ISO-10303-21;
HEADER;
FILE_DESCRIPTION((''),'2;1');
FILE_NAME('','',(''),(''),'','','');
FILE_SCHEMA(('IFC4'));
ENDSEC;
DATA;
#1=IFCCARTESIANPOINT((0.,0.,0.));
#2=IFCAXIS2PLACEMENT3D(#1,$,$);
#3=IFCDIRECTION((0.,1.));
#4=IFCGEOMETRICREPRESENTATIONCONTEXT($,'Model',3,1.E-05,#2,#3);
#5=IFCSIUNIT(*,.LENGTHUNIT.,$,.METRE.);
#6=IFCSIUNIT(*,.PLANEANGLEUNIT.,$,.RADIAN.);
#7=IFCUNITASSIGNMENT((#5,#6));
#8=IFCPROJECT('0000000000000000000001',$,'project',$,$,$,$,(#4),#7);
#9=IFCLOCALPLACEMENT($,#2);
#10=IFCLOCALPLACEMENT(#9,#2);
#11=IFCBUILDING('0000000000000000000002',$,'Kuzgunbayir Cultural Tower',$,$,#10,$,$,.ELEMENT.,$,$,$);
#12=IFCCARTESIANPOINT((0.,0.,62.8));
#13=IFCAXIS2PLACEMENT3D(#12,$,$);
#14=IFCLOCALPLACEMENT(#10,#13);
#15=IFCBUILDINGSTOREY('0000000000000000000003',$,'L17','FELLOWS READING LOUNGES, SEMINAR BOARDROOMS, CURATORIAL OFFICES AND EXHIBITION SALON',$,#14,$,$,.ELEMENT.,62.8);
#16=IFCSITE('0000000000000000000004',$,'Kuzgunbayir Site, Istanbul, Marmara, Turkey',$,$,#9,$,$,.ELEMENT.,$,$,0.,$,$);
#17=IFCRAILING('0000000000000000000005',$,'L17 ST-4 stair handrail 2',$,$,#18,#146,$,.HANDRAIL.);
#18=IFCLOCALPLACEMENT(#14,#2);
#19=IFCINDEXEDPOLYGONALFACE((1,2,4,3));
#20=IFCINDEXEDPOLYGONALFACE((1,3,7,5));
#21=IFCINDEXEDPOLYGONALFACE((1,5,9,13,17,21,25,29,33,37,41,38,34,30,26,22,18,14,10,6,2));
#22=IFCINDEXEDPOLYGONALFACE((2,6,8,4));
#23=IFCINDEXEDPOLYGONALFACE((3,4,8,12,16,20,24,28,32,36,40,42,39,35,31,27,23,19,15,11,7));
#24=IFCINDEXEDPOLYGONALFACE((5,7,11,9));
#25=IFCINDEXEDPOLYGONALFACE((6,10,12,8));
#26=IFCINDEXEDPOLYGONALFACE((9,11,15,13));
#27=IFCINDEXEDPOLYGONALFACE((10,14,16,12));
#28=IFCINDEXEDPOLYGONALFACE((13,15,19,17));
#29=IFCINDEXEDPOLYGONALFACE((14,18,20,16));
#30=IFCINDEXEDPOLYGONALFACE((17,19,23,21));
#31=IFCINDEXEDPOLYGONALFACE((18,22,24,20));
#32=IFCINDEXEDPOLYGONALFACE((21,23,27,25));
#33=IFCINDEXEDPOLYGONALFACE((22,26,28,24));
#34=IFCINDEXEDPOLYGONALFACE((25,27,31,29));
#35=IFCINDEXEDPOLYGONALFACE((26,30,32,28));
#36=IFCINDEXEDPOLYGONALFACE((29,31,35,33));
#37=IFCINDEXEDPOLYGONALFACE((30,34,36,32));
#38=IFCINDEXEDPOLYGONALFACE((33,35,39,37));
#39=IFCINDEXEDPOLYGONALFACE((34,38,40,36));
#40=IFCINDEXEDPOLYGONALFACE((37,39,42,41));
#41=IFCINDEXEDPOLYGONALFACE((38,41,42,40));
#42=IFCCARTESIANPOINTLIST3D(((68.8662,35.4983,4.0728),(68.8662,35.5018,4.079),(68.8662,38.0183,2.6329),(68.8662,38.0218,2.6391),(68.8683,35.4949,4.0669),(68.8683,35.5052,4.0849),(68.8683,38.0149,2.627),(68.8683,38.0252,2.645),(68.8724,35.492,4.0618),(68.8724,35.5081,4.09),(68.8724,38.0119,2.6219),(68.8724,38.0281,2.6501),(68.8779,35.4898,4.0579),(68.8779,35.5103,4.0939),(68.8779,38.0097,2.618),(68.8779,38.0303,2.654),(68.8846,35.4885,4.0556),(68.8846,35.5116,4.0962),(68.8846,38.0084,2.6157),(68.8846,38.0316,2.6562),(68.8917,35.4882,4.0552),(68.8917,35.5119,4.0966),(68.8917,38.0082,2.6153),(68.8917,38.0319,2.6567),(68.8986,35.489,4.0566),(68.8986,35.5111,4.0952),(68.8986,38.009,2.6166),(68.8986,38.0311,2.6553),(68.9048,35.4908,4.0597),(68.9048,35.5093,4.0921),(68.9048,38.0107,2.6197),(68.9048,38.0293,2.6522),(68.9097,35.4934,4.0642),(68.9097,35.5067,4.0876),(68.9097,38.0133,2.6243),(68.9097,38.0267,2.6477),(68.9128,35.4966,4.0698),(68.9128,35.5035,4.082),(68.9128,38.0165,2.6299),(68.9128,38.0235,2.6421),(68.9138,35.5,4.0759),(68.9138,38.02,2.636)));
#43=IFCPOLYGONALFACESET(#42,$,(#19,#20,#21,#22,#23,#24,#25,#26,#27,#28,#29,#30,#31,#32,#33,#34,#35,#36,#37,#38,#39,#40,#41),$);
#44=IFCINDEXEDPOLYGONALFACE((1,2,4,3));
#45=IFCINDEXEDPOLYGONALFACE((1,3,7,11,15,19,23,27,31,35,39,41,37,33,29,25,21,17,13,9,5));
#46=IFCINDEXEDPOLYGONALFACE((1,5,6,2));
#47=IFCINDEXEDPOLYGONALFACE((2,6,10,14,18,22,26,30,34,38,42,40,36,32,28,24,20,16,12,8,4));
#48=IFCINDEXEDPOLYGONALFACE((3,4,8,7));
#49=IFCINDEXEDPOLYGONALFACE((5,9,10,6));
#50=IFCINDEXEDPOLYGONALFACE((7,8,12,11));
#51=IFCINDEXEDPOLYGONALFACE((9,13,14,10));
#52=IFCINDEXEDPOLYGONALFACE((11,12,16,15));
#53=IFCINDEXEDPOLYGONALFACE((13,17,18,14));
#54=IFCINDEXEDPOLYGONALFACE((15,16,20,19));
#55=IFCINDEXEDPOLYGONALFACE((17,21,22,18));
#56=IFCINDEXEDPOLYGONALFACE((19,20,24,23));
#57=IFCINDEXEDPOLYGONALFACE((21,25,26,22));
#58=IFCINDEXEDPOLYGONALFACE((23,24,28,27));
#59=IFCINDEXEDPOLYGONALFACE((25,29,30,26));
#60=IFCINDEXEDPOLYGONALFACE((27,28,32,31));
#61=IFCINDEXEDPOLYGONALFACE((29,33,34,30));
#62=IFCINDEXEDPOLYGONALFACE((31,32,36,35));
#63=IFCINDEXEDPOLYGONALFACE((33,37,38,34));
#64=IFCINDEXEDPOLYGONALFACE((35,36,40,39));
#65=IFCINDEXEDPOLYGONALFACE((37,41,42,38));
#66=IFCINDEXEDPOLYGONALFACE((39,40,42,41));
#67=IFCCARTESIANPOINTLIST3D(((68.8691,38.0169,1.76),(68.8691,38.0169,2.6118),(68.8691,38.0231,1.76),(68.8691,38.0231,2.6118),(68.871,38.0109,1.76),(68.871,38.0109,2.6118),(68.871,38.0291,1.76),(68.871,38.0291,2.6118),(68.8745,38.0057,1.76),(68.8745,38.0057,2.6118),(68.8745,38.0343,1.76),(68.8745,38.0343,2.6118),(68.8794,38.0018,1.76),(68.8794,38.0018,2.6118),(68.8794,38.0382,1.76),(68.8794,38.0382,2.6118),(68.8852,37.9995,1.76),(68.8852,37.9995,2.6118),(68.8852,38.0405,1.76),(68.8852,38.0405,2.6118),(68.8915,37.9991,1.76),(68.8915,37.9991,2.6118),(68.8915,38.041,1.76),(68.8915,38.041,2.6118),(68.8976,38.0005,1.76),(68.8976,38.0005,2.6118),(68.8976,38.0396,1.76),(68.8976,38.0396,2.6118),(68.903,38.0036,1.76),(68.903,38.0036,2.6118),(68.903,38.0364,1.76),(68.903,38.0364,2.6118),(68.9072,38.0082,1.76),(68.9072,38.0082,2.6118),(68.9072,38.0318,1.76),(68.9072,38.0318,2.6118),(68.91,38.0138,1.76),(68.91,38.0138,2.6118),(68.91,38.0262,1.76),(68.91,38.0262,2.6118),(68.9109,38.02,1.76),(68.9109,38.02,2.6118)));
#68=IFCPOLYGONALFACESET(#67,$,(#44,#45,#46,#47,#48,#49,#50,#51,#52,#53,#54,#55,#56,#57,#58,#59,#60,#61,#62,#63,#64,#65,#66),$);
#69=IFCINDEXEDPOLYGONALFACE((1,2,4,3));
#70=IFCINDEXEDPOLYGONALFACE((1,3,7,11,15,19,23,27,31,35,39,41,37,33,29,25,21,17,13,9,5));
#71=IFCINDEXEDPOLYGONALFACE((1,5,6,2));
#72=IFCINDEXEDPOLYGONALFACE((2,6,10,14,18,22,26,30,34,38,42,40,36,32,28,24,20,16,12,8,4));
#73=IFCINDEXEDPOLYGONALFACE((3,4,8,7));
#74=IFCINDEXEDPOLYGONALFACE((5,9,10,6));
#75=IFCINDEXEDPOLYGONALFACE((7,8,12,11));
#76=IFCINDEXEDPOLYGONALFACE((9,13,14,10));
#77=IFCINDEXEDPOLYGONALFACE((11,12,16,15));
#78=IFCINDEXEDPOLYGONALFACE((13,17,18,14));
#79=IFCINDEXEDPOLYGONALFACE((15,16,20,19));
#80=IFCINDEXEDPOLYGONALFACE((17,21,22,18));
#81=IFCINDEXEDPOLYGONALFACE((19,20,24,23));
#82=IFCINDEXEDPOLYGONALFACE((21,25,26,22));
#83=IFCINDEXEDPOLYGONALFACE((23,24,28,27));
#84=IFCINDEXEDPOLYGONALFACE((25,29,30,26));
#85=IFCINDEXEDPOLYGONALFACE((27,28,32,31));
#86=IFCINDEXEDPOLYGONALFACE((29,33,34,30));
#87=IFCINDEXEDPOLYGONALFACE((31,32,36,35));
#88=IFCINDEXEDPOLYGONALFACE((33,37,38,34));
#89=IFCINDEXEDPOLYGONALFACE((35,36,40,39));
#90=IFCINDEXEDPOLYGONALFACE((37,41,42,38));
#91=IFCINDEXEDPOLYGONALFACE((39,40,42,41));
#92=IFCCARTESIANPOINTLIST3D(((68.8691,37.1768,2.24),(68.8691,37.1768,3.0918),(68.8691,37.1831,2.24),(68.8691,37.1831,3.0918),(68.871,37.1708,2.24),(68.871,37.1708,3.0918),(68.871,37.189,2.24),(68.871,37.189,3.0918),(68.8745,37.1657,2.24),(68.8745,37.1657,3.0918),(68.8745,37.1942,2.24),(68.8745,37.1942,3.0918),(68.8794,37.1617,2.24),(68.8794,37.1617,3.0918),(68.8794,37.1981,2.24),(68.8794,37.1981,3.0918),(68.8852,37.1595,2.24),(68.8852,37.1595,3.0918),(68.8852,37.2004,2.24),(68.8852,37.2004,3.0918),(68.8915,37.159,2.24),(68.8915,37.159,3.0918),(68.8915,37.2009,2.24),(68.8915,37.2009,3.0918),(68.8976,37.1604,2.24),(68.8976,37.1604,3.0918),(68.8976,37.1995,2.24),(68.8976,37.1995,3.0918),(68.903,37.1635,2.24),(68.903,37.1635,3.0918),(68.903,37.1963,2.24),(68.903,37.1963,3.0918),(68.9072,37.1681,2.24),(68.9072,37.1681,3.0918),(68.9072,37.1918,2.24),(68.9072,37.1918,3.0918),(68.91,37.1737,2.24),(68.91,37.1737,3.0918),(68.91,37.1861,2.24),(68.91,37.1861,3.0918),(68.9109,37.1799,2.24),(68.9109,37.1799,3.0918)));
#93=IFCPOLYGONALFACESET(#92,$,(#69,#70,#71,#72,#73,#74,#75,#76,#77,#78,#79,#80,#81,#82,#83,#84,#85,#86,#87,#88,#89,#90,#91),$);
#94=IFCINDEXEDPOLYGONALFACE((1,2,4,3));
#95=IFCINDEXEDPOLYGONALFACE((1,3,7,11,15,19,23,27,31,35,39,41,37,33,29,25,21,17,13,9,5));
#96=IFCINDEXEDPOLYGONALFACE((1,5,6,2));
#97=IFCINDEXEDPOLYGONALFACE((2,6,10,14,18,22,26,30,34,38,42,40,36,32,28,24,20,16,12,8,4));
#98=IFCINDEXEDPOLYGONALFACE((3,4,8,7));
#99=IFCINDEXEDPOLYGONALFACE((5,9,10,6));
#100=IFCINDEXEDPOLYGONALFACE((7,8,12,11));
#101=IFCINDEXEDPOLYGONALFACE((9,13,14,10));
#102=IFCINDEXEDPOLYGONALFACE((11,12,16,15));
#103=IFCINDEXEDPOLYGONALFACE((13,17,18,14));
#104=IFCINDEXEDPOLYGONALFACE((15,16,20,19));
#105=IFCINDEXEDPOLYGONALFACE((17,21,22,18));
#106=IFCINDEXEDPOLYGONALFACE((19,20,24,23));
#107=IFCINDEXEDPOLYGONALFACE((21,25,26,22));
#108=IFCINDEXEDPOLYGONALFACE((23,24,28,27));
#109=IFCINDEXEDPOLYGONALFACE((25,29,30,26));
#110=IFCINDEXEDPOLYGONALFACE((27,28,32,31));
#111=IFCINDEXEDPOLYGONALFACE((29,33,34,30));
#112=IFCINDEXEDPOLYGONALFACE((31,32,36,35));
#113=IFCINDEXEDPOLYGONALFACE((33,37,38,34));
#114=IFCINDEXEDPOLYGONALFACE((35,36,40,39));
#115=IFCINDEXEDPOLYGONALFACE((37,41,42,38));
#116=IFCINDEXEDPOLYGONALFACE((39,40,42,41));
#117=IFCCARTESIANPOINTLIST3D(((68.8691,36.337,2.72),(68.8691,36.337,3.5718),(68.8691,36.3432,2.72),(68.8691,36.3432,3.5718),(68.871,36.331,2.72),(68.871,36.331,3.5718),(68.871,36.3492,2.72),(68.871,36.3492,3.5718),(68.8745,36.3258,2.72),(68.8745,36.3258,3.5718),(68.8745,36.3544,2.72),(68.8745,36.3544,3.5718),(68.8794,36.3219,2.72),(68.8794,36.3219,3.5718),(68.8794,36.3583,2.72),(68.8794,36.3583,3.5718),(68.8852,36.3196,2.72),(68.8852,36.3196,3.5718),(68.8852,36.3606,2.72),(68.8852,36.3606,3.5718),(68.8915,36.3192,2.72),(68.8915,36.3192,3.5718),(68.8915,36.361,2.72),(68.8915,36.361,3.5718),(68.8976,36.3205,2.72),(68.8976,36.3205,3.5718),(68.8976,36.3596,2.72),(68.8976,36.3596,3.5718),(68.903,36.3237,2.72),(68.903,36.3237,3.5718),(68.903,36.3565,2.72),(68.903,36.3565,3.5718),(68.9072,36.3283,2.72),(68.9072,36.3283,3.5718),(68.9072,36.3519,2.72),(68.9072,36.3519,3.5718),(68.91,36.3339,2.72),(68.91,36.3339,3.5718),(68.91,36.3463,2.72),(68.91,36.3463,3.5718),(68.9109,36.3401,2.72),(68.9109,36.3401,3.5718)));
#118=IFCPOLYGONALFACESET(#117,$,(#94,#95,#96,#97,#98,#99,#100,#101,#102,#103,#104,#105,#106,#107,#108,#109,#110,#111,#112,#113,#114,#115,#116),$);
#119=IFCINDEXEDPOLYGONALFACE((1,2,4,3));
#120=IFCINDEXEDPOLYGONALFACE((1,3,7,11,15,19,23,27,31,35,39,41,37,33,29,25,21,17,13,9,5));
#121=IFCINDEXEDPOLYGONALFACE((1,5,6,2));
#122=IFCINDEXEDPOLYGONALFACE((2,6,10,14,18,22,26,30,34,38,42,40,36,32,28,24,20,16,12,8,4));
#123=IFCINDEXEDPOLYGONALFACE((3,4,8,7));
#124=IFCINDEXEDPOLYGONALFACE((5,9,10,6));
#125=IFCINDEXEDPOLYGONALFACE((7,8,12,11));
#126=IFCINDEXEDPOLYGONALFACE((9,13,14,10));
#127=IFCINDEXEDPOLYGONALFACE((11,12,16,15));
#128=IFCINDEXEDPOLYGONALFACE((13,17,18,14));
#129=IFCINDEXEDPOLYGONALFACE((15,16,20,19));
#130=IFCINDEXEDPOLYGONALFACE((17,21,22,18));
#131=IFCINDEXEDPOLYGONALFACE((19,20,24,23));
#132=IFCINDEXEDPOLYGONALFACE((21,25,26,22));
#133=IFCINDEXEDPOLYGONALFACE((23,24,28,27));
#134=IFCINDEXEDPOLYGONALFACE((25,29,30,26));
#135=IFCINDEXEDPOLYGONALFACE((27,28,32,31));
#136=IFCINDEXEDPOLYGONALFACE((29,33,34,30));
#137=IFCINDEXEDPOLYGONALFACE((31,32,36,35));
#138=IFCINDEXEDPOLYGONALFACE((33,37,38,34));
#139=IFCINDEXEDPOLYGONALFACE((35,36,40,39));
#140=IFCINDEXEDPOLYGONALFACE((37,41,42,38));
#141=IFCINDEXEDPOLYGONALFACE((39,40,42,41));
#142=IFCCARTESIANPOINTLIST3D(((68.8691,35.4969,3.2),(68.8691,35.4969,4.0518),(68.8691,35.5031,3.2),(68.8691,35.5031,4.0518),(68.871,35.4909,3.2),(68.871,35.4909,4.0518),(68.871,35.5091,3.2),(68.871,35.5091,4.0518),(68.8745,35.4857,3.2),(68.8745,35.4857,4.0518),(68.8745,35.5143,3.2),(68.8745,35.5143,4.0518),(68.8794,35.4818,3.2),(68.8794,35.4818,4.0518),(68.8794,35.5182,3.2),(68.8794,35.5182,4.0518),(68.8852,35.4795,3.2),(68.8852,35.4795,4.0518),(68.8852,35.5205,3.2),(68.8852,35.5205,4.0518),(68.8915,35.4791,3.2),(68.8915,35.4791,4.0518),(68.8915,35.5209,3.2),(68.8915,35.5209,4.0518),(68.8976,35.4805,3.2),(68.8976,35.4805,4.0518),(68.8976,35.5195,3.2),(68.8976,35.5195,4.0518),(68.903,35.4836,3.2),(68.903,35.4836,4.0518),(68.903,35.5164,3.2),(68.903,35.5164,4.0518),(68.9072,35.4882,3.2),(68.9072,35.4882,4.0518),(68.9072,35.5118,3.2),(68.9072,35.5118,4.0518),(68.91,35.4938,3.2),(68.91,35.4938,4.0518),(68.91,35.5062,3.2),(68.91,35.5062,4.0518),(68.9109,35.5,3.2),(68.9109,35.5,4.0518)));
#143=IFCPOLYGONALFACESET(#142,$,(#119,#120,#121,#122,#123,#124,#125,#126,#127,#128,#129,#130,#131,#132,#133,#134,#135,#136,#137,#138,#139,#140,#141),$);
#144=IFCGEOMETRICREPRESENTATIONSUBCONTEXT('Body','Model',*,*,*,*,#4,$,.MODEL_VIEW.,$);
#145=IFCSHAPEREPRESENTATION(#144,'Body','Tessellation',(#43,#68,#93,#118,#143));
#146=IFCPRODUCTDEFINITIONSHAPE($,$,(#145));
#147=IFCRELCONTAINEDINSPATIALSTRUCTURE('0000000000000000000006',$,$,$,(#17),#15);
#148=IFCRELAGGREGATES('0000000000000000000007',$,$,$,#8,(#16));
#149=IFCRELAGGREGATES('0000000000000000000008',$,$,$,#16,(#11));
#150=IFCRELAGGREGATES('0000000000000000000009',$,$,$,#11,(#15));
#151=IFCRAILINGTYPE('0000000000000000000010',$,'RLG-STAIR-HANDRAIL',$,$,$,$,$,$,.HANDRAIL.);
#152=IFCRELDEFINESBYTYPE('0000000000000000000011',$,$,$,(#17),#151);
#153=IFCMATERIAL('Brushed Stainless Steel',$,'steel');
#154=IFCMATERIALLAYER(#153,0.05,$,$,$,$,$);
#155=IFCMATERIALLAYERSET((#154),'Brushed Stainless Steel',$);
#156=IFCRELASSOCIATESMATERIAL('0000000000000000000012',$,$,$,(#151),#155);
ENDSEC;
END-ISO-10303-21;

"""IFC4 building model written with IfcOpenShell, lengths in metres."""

from ifc_helpers import new_model, si_unit, direction, frame, origin, origin_2d, place, context, subcontext, project, spatial, circle, extrude, material, layer, layer_set, type_object, element, save


model = new_model("IFC4")

# Units and contexts
model_context = context("Model", 3, precision=1e-05, world=origin(), true_north=direction((0.0, 1.0)))
body_context = subcontext(model_context, "Body", "Model", "MODEL_VIEW")
ifc_project = project(units=[si_unit("LENGTHUNIT", "METRE"), si_unit("PLANEANGLEUNIT", "RADIAN")], contexts=[model_context])

# Site, building, storey
site_placement = place(None, origin())
site = spatial("IfcSite", under=ifc_project, at=site_placement, Name="Kuzgunbayir Site, Istanbul, Marmara, Turkey", CompositionType="ELEMENT", RefElevation=0.0)
building_placement = place(site_placement, origin())
building = spatial("IfcBuilding", under=site, at=building_placement, Name="Kuzgunbayir Cultural Tower", CompositionType="ELEMENT")
storey_placement = place(building_placement, frame((0.0, 0.0, 62.8)))
storey = spatial("IfcBuildingStorey", under=building, at=storey_placement, Name="L17", Description="FELLOWS READING LOUNGES, SEMINAR BOARDROOMS, CURATORIAL OFFICES AND EXHIBITION SALON", CompositionType="ELEMENT", Elevation=62.8)

# Shared definitions
ifc_material_1 = material(Name="Brushed Stainless Steel", Category="steel")

# Railing
ifc_layer_1 = layer(ifc_material_1, 0.05)
ifc_layer_set_1 = layer_set([ifc_layer_1], Name="Brushed Stainless Steel")
railing_type_1 = type_object("IfcRailingType", Name="RLG-STAIR-HANDRAIL", PredefinedType="HANDRAIL", material=ifc_layer_set_1)
railing_1_placement = place(storey_placement, frame((68.8899, 38.02, 1.76)))
element("IfcRailing", 1, at=railing_1_placement, inside=storey, type_object=railing_type_1, Name="L17 ST-4 stair handrail 2", PredefinedType="HANDRAIL", context=body_context, shape_type="SweptSolid", body=[
    extrude(circle(Radius=0.0239, at=origin_2d()), frame((0.0, 0.0, 0.876), z_axis=(0.0, -0.868253, 0.496121), x_axis=(1.0, 0.0, 0.0)), (0.0, 0.0, 1.0), 2.9023),
    extrude(circle(Radius=0.021, at=origin_2d()), origin(), (0.0, 0.0, 1.0), 0.8518),
    extrude(circle(Radius=0.021, at=origin_2d()), frame((0.0, -0.8401, 0.48)), (0.0, 0.0, 1.0), 0.8518),
    extrude(circle(Radius=0.021, at=origin_2d()), frame((0.0, -1.6799, 0.96)), (0.0, 0.0, 1.0), 0.8518),
    extrude(circle(Radius=0.021, at=origin_2d()), frame((0.0, -2.52, 1.4399)), (0.0, 0.0, 1.0), 0.8518),
])

save(model, "model.ifc")
